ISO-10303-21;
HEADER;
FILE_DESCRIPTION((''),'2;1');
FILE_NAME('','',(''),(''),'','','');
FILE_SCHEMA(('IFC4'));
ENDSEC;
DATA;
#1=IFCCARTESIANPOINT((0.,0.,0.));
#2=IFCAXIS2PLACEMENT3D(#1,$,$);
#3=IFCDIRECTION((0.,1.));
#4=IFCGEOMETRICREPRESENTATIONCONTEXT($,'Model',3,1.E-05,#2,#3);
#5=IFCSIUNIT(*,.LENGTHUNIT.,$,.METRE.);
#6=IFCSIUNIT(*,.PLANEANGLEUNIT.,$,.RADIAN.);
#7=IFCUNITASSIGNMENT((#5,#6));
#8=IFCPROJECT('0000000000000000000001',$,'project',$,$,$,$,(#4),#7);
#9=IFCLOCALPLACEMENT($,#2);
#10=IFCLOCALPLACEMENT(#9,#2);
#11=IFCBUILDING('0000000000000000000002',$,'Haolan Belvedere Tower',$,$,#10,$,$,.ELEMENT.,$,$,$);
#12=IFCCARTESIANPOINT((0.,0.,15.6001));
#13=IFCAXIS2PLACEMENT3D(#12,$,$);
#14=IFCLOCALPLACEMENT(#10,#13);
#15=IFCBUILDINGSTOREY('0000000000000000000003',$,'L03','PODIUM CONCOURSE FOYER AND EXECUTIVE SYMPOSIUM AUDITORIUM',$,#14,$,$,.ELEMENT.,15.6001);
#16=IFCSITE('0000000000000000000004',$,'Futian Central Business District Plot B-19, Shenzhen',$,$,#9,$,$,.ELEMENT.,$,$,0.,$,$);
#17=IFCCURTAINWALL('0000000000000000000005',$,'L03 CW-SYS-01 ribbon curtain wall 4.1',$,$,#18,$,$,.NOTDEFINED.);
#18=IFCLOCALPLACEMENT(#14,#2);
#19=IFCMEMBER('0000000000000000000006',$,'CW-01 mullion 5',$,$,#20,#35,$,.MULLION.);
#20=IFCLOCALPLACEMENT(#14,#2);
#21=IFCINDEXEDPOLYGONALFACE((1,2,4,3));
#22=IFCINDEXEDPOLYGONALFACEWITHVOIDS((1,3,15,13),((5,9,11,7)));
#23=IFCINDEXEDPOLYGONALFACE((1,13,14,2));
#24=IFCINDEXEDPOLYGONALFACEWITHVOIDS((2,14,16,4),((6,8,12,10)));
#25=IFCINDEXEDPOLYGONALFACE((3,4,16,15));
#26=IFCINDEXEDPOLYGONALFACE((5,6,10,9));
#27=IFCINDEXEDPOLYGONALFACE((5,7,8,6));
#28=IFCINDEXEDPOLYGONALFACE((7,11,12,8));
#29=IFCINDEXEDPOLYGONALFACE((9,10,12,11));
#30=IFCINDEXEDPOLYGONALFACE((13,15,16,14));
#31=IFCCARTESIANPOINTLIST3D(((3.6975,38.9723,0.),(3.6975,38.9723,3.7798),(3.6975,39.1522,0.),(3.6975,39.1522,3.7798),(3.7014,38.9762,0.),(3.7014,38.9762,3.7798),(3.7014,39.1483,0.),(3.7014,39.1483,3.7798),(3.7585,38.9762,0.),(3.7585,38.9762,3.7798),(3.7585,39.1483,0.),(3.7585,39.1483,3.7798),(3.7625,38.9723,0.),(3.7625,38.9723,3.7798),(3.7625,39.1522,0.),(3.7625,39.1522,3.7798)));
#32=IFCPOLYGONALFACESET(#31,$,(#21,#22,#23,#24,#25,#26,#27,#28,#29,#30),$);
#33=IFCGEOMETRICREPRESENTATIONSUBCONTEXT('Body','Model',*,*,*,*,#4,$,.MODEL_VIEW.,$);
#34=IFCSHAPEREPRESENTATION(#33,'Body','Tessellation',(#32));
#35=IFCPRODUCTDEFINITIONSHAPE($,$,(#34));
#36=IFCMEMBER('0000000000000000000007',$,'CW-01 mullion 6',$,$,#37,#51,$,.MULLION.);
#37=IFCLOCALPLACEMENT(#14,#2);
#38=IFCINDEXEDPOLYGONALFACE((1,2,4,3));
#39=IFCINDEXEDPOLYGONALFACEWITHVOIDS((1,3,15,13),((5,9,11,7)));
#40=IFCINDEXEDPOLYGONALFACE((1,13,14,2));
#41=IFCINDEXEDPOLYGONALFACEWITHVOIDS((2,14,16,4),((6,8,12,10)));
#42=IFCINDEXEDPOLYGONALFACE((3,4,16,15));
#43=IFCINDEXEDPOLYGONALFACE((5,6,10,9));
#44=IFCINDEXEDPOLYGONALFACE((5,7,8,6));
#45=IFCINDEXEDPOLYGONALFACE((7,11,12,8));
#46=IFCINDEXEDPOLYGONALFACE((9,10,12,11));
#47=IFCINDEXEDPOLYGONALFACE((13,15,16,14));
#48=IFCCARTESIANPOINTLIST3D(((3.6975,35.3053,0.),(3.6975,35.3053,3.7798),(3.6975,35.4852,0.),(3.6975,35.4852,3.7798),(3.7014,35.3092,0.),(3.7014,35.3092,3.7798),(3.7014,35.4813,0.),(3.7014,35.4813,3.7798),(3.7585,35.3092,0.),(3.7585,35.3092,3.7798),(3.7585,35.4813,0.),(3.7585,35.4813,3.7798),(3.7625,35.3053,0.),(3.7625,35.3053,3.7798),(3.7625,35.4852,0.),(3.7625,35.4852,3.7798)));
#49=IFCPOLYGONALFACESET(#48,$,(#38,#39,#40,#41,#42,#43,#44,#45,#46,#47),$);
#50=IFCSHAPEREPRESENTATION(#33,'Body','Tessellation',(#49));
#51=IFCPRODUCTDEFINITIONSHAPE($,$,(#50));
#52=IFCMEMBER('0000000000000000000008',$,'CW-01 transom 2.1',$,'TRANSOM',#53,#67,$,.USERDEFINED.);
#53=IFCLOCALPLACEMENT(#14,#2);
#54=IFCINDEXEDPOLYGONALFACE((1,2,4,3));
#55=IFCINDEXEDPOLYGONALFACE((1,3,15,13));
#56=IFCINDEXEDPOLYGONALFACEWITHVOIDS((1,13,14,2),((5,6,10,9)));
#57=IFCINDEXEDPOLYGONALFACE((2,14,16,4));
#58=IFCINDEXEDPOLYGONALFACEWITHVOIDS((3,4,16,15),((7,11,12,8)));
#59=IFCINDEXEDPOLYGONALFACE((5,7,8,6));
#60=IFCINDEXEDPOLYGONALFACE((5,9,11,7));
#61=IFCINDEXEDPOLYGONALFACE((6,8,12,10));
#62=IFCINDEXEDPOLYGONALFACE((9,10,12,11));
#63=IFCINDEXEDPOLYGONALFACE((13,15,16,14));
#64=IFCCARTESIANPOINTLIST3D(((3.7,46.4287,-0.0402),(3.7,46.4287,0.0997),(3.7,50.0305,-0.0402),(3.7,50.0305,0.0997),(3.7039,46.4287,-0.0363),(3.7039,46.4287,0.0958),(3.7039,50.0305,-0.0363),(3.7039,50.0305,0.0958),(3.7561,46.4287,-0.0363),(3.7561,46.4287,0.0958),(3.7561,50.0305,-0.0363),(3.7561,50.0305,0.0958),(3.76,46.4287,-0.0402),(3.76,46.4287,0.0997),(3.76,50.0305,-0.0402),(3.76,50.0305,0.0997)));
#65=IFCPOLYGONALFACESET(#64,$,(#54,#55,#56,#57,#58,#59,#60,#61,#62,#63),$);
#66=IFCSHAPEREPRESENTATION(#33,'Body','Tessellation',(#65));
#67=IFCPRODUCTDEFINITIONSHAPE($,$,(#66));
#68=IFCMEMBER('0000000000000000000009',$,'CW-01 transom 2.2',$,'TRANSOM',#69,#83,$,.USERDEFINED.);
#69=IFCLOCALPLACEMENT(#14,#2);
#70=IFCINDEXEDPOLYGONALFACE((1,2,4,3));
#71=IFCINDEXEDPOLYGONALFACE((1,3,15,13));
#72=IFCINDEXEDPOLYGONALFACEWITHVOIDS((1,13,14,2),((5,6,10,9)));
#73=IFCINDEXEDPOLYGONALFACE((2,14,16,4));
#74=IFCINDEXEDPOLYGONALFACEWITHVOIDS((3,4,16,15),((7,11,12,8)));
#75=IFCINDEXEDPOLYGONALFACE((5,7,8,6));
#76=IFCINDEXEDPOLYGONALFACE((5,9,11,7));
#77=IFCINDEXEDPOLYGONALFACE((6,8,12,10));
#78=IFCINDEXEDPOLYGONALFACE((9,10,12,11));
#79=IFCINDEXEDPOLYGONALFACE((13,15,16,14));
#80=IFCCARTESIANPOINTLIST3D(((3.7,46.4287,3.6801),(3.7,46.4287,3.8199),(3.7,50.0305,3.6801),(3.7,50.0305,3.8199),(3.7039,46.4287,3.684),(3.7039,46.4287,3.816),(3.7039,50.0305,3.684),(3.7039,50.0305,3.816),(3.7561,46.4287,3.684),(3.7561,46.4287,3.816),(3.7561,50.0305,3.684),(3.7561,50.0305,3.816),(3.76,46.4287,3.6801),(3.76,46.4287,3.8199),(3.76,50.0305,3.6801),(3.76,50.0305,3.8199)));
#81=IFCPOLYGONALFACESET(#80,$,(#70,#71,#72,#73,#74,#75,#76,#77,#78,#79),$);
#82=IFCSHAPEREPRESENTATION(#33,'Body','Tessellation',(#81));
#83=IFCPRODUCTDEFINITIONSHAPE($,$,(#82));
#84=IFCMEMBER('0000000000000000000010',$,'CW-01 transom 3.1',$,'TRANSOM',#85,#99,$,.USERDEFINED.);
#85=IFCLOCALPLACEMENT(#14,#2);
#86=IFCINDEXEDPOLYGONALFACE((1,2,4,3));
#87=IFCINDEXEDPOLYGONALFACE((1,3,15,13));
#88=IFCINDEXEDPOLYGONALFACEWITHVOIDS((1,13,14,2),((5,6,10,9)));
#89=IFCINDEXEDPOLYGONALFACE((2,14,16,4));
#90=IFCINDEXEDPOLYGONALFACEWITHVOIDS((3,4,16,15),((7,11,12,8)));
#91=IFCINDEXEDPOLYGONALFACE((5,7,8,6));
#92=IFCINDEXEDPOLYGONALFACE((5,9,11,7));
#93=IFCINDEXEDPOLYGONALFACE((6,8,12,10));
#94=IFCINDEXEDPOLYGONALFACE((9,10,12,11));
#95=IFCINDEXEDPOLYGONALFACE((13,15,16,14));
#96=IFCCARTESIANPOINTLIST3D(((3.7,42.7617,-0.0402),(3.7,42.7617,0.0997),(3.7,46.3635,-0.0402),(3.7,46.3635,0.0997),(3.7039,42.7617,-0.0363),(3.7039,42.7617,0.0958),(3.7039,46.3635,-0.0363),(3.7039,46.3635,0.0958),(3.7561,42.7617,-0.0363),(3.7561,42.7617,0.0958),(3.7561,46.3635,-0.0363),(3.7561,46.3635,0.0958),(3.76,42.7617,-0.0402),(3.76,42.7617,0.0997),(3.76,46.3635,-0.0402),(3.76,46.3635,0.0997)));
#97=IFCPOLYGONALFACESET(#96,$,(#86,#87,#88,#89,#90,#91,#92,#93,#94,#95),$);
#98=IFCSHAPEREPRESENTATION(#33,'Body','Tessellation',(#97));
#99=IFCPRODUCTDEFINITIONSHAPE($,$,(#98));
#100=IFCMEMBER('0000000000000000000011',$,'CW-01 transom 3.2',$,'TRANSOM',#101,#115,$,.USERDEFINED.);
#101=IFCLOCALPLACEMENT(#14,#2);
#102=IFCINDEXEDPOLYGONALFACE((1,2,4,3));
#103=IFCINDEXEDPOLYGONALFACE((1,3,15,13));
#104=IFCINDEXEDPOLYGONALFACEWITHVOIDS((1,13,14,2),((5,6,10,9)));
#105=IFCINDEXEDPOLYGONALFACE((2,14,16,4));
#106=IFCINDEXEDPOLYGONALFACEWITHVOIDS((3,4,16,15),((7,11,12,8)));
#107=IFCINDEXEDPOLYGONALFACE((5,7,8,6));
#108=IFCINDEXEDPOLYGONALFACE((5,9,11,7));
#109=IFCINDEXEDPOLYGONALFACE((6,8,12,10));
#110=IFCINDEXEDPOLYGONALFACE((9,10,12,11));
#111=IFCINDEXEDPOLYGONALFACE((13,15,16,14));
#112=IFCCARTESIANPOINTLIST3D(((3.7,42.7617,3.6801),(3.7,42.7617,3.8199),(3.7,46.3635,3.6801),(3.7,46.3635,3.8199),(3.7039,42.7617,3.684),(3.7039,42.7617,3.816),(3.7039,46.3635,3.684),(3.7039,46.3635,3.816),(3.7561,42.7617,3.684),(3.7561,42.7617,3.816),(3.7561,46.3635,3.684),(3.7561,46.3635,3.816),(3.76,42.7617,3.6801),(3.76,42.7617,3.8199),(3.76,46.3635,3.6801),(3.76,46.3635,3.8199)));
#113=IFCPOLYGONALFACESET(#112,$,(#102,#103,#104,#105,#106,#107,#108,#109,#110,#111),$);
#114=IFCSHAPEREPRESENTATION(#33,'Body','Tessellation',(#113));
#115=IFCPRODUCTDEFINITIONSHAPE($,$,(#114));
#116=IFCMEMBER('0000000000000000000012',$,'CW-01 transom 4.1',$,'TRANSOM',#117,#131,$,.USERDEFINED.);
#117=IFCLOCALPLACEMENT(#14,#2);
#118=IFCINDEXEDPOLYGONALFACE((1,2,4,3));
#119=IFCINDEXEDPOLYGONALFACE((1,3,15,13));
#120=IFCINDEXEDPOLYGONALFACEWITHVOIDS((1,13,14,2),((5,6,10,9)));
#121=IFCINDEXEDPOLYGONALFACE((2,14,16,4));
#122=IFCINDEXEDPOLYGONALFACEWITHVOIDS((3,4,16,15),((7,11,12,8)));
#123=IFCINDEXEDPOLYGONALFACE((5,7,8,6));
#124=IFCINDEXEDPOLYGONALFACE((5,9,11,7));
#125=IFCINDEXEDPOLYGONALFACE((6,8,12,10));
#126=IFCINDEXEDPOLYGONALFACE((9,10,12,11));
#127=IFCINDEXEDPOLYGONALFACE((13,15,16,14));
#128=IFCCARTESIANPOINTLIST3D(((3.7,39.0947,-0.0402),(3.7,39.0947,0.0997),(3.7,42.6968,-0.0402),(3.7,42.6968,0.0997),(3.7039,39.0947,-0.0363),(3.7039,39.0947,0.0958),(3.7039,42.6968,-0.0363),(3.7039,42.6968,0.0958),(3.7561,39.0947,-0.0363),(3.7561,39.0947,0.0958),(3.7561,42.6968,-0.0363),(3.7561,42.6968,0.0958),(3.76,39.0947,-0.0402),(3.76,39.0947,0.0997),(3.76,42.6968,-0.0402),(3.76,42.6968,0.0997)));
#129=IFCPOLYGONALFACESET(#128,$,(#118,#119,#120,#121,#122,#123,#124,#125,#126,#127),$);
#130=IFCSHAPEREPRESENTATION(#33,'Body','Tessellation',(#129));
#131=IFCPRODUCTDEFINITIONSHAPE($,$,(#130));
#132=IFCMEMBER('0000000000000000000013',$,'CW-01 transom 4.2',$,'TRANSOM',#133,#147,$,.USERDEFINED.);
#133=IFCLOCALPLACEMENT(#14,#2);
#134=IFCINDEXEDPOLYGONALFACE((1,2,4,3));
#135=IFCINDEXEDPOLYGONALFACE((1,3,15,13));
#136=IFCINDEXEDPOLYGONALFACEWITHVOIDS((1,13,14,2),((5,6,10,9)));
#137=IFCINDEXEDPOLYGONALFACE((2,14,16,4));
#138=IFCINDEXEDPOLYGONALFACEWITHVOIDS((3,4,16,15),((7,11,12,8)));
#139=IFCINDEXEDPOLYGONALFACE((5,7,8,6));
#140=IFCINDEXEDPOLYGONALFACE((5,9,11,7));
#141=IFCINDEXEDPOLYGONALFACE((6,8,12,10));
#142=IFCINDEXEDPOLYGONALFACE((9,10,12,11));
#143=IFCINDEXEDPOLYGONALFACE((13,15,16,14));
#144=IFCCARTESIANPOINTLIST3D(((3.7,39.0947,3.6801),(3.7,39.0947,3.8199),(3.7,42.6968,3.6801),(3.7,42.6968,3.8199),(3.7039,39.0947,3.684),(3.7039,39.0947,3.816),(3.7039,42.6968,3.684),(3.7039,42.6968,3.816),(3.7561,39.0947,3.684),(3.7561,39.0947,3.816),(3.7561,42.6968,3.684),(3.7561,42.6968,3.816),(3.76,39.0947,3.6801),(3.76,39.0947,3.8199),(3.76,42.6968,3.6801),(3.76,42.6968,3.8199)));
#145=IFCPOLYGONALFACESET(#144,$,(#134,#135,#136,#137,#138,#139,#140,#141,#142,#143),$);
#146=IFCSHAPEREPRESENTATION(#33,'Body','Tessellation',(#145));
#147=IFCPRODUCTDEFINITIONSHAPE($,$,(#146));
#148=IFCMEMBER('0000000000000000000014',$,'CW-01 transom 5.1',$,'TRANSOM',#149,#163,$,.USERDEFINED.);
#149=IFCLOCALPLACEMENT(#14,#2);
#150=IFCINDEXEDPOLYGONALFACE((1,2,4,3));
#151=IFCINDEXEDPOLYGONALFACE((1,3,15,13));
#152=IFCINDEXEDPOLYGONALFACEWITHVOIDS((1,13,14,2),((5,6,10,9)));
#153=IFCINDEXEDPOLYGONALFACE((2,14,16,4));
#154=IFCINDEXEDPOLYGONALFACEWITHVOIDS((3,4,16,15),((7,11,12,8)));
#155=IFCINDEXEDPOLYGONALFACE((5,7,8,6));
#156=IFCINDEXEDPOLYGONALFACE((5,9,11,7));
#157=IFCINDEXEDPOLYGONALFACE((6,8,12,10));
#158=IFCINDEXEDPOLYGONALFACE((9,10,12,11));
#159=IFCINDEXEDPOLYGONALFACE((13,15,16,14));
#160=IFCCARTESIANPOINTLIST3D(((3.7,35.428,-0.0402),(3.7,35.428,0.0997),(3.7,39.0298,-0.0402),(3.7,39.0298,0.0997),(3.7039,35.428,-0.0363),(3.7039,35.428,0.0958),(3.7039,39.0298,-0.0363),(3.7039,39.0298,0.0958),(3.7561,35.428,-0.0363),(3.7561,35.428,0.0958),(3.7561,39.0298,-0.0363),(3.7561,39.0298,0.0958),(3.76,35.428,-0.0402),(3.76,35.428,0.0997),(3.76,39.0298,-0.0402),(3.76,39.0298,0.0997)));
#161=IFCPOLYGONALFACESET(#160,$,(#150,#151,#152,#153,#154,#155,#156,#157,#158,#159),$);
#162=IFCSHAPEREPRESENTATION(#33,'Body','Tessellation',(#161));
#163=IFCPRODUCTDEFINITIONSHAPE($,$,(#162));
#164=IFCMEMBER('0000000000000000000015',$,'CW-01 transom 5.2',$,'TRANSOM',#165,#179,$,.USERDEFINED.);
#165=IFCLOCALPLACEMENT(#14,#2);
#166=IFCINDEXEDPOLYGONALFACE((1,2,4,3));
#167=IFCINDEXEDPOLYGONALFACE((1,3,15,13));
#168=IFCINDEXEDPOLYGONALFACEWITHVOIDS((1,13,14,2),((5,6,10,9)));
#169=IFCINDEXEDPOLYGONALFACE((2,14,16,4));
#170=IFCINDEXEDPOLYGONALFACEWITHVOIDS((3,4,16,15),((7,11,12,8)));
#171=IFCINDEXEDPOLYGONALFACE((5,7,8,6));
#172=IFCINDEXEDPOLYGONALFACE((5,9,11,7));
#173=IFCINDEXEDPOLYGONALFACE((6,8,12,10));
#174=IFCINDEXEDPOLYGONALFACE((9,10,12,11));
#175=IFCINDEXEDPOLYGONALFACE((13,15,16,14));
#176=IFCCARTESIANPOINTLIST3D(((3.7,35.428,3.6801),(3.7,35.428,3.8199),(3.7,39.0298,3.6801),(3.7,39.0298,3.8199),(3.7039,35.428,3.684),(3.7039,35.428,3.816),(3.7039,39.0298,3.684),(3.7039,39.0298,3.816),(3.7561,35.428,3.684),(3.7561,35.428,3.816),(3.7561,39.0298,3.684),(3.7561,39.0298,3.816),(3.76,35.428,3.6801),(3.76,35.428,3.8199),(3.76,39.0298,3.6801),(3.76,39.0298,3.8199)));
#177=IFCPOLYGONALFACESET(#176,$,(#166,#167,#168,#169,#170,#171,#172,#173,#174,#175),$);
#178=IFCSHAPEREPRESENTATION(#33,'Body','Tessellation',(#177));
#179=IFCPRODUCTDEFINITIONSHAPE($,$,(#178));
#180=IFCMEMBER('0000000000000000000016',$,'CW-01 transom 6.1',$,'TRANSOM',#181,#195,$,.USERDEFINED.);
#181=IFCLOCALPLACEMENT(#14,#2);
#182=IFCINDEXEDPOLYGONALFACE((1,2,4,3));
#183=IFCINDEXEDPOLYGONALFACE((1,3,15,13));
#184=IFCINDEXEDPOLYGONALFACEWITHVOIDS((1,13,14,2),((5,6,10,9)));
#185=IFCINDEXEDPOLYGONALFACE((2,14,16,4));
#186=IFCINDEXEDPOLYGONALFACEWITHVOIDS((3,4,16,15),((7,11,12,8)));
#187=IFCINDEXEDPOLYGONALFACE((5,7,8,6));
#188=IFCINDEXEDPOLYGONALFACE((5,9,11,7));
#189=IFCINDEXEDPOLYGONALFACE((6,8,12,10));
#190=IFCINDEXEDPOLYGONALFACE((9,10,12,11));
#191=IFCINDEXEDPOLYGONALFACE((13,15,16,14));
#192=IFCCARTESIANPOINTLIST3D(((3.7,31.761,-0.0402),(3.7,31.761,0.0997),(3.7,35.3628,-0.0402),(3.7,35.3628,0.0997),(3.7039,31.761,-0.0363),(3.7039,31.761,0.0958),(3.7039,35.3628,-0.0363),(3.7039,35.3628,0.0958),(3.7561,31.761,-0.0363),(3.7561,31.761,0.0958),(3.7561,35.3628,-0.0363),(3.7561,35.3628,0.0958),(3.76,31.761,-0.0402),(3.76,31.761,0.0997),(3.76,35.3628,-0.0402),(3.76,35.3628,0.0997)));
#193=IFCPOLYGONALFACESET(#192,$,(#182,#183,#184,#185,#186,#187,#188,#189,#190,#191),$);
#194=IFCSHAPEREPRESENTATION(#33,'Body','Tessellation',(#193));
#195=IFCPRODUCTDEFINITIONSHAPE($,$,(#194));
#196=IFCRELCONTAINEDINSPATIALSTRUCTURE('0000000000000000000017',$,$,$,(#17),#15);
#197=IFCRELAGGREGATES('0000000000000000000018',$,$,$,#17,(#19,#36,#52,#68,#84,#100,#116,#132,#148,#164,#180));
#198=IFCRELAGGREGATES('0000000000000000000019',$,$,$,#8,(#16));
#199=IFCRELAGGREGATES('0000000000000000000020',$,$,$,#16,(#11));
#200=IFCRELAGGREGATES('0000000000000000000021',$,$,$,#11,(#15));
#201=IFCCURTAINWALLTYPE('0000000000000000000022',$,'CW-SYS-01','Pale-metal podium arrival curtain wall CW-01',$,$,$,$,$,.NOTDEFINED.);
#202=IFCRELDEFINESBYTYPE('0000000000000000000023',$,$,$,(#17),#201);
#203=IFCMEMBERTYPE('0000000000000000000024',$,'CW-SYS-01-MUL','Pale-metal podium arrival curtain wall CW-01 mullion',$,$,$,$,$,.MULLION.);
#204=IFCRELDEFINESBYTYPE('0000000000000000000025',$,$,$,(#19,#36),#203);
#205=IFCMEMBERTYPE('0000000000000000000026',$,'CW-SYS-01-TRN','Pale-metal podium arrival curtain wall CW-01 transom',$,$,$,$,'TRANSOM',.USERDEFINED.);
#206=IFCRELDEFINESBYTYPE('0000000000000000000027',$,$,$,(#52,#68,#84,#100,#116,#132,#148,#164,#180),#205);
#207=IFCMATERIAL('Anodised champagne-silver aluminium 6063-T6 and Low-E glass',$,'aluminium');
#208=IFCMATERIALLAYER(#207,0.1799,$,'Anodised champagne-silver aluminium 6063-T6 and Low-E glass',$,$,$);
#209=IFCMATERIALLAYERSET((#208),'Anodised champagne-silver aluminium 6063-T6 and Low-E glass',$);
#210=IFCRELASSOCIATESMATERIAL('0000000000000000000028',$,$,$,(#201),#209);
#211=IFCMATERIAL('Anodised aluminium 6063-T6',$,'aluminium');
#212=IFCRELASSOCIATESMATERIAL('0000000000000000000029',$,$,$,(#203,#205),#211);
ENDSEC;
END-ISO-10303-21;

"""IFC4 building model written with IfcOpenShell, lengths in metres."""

from ifc_helpers import new_model, si_unit, direction, frame, origin, origin_2d, place, context, subcontext, project, spatial, hollow_rectangle, extrude, material, layer, layer_set, material_profile, profile_set, type_object, element, aggregate, save


model = new_model("IFC4")

# Units and contexts
model_context = context("Model", 3, precision=1e-05, world=origin(), true_north=direction((0.0, 1.0)))
body_context = subcontext(model_context, "Body", "Model", "MODEL_VIEW")
ifc_project = project(units=[si_unit("LENGTHUNIT", "METRE"), si_unit("PLANEANGLEUNIT", "RADIAN")], contexts=[model_context])

# Site, building, storey
site_placement = place(None, origin())
site = spatial("IfcSite", under=ifc_project, at=site_placement, Name="Futian Central Business District Plot B-19, Shenzhen", CompositionType="ELEMENT", RefElevation=0.0)
building_placement = place(site_placement, origin())
building = spatial("IfcBuilding", under=site, at=building_placement, Name="Haolan Belvedere Tower", CompositionType="ELEMENT")
storey_placement = place(building_placement, frame((0.0, 0.0, 15.6001)))
storey = spatial("IfcBuildingStorey", under=building, at=storey_placement, Name="L03", Description="PODIUM CONCOURSE FOYER AND EXECUTIVE SYMPOSIUM AUDITORIUM", CompositionType="ELEMENT", Elevation=15.6001)

# Curtain wall, members
ifc_material_1 = material(Name="Anodised champagne-silver aluminium 6063-T6 and Low-E glass", Category="aluminium")
ifc_layer_1 = layer(ifc_material_1, 0.1799, Name="Anodised champagne-silver aluminium 6063-T6 and Low-E glass")
ifc_layer_set_1 = layer_set([ifc_layer_1], Name="Anodised champagne-silver aluminium 6063-T6 and Low-E glass")
curtain_wall_type = type_object("IfcCurtainWallType", Name="CW-SYS-01", Description="Pale-metal podium arrival curtain wall CW-01", PredefinedType="NOTDEFINED", material=ifc_layer_set_1)
curtain_wall_placement = place(storey_placement, origin())
curtain_wall = element("IfcCurtainWall", 1, at=curtain_wall_placement, inside=storey, type_object=curtain_wall_type, Name="L03 CW-SYS-01 ribbon curtain wall 4.1", PredefinedType="NOTDEFINED")
ifc_material_2 = material(Name="Anodised aluminium 6063-T6", Category="aluminium")
ifc_material_profile_1 = material_profile(ifc_material_2, hollow_rectangle(XDim=0.0649, YDim=0.1799, WallThickness=0.0039, at=origin_2d()), Name="Anodised aluminium 6063-T6")
ifc_profile_set_1 = profile_set([ifc_material_profile_1], Name="Anodised aluminium 6063-T6")
member_type_1 = type_object("IfcMemberType", Name="CW-SYS-01-MUL", Description="Pale-metal podium arrival curtain wall CW-01 mullion", PredefinedType="MULLION", material=ifc_profile_set_1)
member_1_placement = place(storey_placement, frame((3.73, 39.0623, 0.0), z_axis=(0.0, 0.0, 1.0), x_axis=(1.0, 0.0, 0.0)))
member_1 = element("IfcMember", 2, at=member_1_placement, type_object=member_type_1, Name="CW-01 mullion 5", PredefinedType="MULLION", context=body_context, shape_type="SweptSolid", body=[
    extrude(hollow_rectangle(XDim=0.0649, YDim=0.1799, WallThickness=0.0039, at=origin_2d()), origin(), (0.0, 0.0, 1.0), 3.7798),
])
member_2_placement = place(storey_placement, frame((3.73, 35.3953, 0.0), z_axis=(0.0, 0.0, 1.0), x_axis=(1.0, 0.0, 0.0)))
member_2 = element("IfcMember", 3, at=member_2_placement, type_object=member_type_1, Name="CW-01 mullion 6", PredefinedType="MULLION", context=body_context, shape_type="SweptSolid", body=[
    extrude(hollow_rectangle(XDim=0.0649, YDim=0.1799, WallThickness=0.0039, at=origin_2d()), origin(), (0.0, 0.0, 1.0), 3.7798),
])
ifc_material_profile_2 = material_profile(ifc_material_2, hollow_rectangle(XDim=0.0601, YDim=0.1399, WallThickness=0.0039, at=origin_2d()), Name="Anodised aluminium 6063-T6")
ifc_profile_set_2 = profile_set([ifc_material_profile_2], Name="Anodised aluminium 6063-T6")
member_type_2 = type_object("IfcMemberType", Name="CW-SYS-01-TRN", Description="Pale-metal podium arrival curtain wall CW-01 transom", ElementType="TRANSOM", PredefinedType="USERDEFINED", material=ifc_profile_set_2)
member_3_placement = place(storey_placement, frame((3.73, 50.0305, 0.0298), z_axis=(0.0, -1.0, 0.0), x_axis=(1.0, 0.0, 0.0)))
member_3 = element("IfcMember", 4, at=member_3_placement, type_object=member_type_2, Name="CW-01 transom 2.1", ObjectType="TRANSOM", PredefinedType="USERDEFINED", context=body_context, shape_type="SweptSolid", body=[
    extrude(hollow_rectangle(XDim=0.0601, YDim=0.1399, WallThickness=0.0039, at=origin_2d()), origin(), (0.0, 0.0, 1.0), 3.6018),
])
member_4_placement = place(storey_placement, frame((3.73, 50.0305, 3.75), z_axis=(0.0, -1.0, 0.0), x_axis=(1.0, 0.0, 0.0)))
member_4 = element("IfcMember", 5, at=member_4_placement, type_object=member_type_2, Name="CW-01 transom 2.2", ObjectType="TRANSOM", PredefinedType="USERDEFINED", context=body_context, shape_type="SweptSolid", body=[
    extrude(hollow_rectangle(XDim=0.0601, YDim=0.1399, WallThickness=0.0039, at=origin_2d()), origin(), (0.0, 0.0, 1.0), 3.6018),
])
member_5_placement = place(storey_placement, frame((3.73, 46.3635, 0.0298), z_axis=(0.0, -1.0, 0.0), x_axis=(1.0, 0.0, 0.0)))
member_5 = element("IfcMember", 6, at=member_5_placement, type_object=member_type_2, Name="CW-01 transom 3.1", ObjectType="TRANSOM", PredefinedType="USERDEFINED", context=body_context, shape_type="SweptSolid", body=[
    extrude(hollow_rectangle(XDim=0.0601, YDim=0.1399, WallThickness=0.0039, at=origin_2d()), origin(), (0.0, 0.0, 1.0), 3.6018),
])
member_6_placement = place(storey_placement, frame((3.73, 46.3635, 3.75), z_axis=(0.0, -1.0, 0.0), x_axis=(1.0, 0.0, 0.0)))
member_6 = element("IfcMember", 7, at=member_6_placement, type_object=member_type_2, Name="CW-01 transom 3.2", ObjectType="TRANSOM", PredefinedType="USERDEFINED", context=body_context, shape_type="SweptSolid", body=[
    extrude(hollow_rectangle(XDim=0.0601, YDim=0.1399, WallThickness=0.0039, at=origin_2d()), origin(), (0.0, 0.0, 1.0), 3.6018),
])
member_7_placement = place(storey_placement, frame((3.73, 42.6968, 0.0298), z_axis=(0.0, -1.0, 0.0), x_axis=(1.0, 0.0, 0.0)))
member_7 = element("IfcMember", 8, at=member_7_placement, type_object=member_type_2, Name="CW-01 transom 4.1", ObjectType="TRANSOM", PredefinedType="USERDEFINED", context=body_context, shape_type="SweptSolid", body=[
    extrude(hollow_rectangle(XDim=0.0601, YDim=0.1399, WallThickness=0.0039, at=origin_2d()), origin(), (0.0, 0.0, 1.0), 3.6021),
])
member_8_placement = place(storey_placement, frame((3.73, 42.6968, 3.75), z_axis=(0.0, -1.0, 0.0), x_axis=(1.0, 0.0, 0.0)))
member_8 = element("IfcMember", 9, at=member_8_placement, type_object=member_type_2, Name="CW-01 transom 4.2", ObjectType="TRANSOM", PredefinedType="USERDEFINED", context=body_context, shape_type="SweptSolid", body=[
    extrude(hollow_rectangle(XDim=0.0601, YDim=0.1399, WallThickness=0.0039, at=origin_2d()), origin(), (0.0, 0.0, 1.0), 3.6021),
])
member_9_placement = place(storey_placement, frame((3.73, 39.0298, 0.0298), z_axis=(0.0, -1.0, 0.0), x_axis=(1.0, 0.0, 0.0)))
member_9 = element("IfcMember", 10, at=member_9_placement, type_object=member_type_2, Name="CW-01 transom 5.1", ObjectType="TRANSOM", PredefinedType="USERDEFINED", context=body_context, shape_type="SweptSolid", body=[
    extrude(hollow_rectangle(XDim=0.0601, YDim=0.1399, WallThickness=0.0039, at=origin_2d()), origin(), (0.0, 0.0, 1.0), 3.6018),
])
member_10_placement = place(storey_placement, frame((3.73, 39.0298, 3.75), z_axis=(0.0, -1.0, 0.0), x_axis=(1.0, 0.0, 0.0)))
member_10 = element("IfcMember", 11, at=member_10_placement, type_object=member_type_2, Name="CW-01 transom 5.2", ObjectType="TRANSOM", PredefinedType="USERDEFINED", context=body_context, shape_type="SweptSolid", body=[
    extrude(hollow_rectangle(XDim=0.0601, YDim=0.1399, WallThickness=0.0039, at=origin_2d()), origin(), (0.0, 0.0, 1.0), 3.6018),
])
member_11_placement = place(storey_placement, frame((3.73, 35.3628, 0.0298), z_axis=(0.0, -1.0, 0.0), x_axis=(1.0, 0.0, 0.0)))
member_11 = element("IfcMember", 12, at=member_11_placement, type_object=member_type_2, Name="CW-01 transom 6.1", ObjectType="TRANSOM", PredefinedType="USERDEFINED", context=body_context, shape_type="SweptSolid", body=[
    extrude(hollow_rectangle(XDim=0.0601, YDim=0.1399, WallThickness=0.0039, at=origin_2d()), origin(), (0.0, 0.0, 1.0), 3.6018),
])
aggregate(curtain_wall, [member_1, member_2, member_3, member_4, member_5, member_6, member_7, member_8, member_9, member_10, member_11])

save(model, "model.ifc")
